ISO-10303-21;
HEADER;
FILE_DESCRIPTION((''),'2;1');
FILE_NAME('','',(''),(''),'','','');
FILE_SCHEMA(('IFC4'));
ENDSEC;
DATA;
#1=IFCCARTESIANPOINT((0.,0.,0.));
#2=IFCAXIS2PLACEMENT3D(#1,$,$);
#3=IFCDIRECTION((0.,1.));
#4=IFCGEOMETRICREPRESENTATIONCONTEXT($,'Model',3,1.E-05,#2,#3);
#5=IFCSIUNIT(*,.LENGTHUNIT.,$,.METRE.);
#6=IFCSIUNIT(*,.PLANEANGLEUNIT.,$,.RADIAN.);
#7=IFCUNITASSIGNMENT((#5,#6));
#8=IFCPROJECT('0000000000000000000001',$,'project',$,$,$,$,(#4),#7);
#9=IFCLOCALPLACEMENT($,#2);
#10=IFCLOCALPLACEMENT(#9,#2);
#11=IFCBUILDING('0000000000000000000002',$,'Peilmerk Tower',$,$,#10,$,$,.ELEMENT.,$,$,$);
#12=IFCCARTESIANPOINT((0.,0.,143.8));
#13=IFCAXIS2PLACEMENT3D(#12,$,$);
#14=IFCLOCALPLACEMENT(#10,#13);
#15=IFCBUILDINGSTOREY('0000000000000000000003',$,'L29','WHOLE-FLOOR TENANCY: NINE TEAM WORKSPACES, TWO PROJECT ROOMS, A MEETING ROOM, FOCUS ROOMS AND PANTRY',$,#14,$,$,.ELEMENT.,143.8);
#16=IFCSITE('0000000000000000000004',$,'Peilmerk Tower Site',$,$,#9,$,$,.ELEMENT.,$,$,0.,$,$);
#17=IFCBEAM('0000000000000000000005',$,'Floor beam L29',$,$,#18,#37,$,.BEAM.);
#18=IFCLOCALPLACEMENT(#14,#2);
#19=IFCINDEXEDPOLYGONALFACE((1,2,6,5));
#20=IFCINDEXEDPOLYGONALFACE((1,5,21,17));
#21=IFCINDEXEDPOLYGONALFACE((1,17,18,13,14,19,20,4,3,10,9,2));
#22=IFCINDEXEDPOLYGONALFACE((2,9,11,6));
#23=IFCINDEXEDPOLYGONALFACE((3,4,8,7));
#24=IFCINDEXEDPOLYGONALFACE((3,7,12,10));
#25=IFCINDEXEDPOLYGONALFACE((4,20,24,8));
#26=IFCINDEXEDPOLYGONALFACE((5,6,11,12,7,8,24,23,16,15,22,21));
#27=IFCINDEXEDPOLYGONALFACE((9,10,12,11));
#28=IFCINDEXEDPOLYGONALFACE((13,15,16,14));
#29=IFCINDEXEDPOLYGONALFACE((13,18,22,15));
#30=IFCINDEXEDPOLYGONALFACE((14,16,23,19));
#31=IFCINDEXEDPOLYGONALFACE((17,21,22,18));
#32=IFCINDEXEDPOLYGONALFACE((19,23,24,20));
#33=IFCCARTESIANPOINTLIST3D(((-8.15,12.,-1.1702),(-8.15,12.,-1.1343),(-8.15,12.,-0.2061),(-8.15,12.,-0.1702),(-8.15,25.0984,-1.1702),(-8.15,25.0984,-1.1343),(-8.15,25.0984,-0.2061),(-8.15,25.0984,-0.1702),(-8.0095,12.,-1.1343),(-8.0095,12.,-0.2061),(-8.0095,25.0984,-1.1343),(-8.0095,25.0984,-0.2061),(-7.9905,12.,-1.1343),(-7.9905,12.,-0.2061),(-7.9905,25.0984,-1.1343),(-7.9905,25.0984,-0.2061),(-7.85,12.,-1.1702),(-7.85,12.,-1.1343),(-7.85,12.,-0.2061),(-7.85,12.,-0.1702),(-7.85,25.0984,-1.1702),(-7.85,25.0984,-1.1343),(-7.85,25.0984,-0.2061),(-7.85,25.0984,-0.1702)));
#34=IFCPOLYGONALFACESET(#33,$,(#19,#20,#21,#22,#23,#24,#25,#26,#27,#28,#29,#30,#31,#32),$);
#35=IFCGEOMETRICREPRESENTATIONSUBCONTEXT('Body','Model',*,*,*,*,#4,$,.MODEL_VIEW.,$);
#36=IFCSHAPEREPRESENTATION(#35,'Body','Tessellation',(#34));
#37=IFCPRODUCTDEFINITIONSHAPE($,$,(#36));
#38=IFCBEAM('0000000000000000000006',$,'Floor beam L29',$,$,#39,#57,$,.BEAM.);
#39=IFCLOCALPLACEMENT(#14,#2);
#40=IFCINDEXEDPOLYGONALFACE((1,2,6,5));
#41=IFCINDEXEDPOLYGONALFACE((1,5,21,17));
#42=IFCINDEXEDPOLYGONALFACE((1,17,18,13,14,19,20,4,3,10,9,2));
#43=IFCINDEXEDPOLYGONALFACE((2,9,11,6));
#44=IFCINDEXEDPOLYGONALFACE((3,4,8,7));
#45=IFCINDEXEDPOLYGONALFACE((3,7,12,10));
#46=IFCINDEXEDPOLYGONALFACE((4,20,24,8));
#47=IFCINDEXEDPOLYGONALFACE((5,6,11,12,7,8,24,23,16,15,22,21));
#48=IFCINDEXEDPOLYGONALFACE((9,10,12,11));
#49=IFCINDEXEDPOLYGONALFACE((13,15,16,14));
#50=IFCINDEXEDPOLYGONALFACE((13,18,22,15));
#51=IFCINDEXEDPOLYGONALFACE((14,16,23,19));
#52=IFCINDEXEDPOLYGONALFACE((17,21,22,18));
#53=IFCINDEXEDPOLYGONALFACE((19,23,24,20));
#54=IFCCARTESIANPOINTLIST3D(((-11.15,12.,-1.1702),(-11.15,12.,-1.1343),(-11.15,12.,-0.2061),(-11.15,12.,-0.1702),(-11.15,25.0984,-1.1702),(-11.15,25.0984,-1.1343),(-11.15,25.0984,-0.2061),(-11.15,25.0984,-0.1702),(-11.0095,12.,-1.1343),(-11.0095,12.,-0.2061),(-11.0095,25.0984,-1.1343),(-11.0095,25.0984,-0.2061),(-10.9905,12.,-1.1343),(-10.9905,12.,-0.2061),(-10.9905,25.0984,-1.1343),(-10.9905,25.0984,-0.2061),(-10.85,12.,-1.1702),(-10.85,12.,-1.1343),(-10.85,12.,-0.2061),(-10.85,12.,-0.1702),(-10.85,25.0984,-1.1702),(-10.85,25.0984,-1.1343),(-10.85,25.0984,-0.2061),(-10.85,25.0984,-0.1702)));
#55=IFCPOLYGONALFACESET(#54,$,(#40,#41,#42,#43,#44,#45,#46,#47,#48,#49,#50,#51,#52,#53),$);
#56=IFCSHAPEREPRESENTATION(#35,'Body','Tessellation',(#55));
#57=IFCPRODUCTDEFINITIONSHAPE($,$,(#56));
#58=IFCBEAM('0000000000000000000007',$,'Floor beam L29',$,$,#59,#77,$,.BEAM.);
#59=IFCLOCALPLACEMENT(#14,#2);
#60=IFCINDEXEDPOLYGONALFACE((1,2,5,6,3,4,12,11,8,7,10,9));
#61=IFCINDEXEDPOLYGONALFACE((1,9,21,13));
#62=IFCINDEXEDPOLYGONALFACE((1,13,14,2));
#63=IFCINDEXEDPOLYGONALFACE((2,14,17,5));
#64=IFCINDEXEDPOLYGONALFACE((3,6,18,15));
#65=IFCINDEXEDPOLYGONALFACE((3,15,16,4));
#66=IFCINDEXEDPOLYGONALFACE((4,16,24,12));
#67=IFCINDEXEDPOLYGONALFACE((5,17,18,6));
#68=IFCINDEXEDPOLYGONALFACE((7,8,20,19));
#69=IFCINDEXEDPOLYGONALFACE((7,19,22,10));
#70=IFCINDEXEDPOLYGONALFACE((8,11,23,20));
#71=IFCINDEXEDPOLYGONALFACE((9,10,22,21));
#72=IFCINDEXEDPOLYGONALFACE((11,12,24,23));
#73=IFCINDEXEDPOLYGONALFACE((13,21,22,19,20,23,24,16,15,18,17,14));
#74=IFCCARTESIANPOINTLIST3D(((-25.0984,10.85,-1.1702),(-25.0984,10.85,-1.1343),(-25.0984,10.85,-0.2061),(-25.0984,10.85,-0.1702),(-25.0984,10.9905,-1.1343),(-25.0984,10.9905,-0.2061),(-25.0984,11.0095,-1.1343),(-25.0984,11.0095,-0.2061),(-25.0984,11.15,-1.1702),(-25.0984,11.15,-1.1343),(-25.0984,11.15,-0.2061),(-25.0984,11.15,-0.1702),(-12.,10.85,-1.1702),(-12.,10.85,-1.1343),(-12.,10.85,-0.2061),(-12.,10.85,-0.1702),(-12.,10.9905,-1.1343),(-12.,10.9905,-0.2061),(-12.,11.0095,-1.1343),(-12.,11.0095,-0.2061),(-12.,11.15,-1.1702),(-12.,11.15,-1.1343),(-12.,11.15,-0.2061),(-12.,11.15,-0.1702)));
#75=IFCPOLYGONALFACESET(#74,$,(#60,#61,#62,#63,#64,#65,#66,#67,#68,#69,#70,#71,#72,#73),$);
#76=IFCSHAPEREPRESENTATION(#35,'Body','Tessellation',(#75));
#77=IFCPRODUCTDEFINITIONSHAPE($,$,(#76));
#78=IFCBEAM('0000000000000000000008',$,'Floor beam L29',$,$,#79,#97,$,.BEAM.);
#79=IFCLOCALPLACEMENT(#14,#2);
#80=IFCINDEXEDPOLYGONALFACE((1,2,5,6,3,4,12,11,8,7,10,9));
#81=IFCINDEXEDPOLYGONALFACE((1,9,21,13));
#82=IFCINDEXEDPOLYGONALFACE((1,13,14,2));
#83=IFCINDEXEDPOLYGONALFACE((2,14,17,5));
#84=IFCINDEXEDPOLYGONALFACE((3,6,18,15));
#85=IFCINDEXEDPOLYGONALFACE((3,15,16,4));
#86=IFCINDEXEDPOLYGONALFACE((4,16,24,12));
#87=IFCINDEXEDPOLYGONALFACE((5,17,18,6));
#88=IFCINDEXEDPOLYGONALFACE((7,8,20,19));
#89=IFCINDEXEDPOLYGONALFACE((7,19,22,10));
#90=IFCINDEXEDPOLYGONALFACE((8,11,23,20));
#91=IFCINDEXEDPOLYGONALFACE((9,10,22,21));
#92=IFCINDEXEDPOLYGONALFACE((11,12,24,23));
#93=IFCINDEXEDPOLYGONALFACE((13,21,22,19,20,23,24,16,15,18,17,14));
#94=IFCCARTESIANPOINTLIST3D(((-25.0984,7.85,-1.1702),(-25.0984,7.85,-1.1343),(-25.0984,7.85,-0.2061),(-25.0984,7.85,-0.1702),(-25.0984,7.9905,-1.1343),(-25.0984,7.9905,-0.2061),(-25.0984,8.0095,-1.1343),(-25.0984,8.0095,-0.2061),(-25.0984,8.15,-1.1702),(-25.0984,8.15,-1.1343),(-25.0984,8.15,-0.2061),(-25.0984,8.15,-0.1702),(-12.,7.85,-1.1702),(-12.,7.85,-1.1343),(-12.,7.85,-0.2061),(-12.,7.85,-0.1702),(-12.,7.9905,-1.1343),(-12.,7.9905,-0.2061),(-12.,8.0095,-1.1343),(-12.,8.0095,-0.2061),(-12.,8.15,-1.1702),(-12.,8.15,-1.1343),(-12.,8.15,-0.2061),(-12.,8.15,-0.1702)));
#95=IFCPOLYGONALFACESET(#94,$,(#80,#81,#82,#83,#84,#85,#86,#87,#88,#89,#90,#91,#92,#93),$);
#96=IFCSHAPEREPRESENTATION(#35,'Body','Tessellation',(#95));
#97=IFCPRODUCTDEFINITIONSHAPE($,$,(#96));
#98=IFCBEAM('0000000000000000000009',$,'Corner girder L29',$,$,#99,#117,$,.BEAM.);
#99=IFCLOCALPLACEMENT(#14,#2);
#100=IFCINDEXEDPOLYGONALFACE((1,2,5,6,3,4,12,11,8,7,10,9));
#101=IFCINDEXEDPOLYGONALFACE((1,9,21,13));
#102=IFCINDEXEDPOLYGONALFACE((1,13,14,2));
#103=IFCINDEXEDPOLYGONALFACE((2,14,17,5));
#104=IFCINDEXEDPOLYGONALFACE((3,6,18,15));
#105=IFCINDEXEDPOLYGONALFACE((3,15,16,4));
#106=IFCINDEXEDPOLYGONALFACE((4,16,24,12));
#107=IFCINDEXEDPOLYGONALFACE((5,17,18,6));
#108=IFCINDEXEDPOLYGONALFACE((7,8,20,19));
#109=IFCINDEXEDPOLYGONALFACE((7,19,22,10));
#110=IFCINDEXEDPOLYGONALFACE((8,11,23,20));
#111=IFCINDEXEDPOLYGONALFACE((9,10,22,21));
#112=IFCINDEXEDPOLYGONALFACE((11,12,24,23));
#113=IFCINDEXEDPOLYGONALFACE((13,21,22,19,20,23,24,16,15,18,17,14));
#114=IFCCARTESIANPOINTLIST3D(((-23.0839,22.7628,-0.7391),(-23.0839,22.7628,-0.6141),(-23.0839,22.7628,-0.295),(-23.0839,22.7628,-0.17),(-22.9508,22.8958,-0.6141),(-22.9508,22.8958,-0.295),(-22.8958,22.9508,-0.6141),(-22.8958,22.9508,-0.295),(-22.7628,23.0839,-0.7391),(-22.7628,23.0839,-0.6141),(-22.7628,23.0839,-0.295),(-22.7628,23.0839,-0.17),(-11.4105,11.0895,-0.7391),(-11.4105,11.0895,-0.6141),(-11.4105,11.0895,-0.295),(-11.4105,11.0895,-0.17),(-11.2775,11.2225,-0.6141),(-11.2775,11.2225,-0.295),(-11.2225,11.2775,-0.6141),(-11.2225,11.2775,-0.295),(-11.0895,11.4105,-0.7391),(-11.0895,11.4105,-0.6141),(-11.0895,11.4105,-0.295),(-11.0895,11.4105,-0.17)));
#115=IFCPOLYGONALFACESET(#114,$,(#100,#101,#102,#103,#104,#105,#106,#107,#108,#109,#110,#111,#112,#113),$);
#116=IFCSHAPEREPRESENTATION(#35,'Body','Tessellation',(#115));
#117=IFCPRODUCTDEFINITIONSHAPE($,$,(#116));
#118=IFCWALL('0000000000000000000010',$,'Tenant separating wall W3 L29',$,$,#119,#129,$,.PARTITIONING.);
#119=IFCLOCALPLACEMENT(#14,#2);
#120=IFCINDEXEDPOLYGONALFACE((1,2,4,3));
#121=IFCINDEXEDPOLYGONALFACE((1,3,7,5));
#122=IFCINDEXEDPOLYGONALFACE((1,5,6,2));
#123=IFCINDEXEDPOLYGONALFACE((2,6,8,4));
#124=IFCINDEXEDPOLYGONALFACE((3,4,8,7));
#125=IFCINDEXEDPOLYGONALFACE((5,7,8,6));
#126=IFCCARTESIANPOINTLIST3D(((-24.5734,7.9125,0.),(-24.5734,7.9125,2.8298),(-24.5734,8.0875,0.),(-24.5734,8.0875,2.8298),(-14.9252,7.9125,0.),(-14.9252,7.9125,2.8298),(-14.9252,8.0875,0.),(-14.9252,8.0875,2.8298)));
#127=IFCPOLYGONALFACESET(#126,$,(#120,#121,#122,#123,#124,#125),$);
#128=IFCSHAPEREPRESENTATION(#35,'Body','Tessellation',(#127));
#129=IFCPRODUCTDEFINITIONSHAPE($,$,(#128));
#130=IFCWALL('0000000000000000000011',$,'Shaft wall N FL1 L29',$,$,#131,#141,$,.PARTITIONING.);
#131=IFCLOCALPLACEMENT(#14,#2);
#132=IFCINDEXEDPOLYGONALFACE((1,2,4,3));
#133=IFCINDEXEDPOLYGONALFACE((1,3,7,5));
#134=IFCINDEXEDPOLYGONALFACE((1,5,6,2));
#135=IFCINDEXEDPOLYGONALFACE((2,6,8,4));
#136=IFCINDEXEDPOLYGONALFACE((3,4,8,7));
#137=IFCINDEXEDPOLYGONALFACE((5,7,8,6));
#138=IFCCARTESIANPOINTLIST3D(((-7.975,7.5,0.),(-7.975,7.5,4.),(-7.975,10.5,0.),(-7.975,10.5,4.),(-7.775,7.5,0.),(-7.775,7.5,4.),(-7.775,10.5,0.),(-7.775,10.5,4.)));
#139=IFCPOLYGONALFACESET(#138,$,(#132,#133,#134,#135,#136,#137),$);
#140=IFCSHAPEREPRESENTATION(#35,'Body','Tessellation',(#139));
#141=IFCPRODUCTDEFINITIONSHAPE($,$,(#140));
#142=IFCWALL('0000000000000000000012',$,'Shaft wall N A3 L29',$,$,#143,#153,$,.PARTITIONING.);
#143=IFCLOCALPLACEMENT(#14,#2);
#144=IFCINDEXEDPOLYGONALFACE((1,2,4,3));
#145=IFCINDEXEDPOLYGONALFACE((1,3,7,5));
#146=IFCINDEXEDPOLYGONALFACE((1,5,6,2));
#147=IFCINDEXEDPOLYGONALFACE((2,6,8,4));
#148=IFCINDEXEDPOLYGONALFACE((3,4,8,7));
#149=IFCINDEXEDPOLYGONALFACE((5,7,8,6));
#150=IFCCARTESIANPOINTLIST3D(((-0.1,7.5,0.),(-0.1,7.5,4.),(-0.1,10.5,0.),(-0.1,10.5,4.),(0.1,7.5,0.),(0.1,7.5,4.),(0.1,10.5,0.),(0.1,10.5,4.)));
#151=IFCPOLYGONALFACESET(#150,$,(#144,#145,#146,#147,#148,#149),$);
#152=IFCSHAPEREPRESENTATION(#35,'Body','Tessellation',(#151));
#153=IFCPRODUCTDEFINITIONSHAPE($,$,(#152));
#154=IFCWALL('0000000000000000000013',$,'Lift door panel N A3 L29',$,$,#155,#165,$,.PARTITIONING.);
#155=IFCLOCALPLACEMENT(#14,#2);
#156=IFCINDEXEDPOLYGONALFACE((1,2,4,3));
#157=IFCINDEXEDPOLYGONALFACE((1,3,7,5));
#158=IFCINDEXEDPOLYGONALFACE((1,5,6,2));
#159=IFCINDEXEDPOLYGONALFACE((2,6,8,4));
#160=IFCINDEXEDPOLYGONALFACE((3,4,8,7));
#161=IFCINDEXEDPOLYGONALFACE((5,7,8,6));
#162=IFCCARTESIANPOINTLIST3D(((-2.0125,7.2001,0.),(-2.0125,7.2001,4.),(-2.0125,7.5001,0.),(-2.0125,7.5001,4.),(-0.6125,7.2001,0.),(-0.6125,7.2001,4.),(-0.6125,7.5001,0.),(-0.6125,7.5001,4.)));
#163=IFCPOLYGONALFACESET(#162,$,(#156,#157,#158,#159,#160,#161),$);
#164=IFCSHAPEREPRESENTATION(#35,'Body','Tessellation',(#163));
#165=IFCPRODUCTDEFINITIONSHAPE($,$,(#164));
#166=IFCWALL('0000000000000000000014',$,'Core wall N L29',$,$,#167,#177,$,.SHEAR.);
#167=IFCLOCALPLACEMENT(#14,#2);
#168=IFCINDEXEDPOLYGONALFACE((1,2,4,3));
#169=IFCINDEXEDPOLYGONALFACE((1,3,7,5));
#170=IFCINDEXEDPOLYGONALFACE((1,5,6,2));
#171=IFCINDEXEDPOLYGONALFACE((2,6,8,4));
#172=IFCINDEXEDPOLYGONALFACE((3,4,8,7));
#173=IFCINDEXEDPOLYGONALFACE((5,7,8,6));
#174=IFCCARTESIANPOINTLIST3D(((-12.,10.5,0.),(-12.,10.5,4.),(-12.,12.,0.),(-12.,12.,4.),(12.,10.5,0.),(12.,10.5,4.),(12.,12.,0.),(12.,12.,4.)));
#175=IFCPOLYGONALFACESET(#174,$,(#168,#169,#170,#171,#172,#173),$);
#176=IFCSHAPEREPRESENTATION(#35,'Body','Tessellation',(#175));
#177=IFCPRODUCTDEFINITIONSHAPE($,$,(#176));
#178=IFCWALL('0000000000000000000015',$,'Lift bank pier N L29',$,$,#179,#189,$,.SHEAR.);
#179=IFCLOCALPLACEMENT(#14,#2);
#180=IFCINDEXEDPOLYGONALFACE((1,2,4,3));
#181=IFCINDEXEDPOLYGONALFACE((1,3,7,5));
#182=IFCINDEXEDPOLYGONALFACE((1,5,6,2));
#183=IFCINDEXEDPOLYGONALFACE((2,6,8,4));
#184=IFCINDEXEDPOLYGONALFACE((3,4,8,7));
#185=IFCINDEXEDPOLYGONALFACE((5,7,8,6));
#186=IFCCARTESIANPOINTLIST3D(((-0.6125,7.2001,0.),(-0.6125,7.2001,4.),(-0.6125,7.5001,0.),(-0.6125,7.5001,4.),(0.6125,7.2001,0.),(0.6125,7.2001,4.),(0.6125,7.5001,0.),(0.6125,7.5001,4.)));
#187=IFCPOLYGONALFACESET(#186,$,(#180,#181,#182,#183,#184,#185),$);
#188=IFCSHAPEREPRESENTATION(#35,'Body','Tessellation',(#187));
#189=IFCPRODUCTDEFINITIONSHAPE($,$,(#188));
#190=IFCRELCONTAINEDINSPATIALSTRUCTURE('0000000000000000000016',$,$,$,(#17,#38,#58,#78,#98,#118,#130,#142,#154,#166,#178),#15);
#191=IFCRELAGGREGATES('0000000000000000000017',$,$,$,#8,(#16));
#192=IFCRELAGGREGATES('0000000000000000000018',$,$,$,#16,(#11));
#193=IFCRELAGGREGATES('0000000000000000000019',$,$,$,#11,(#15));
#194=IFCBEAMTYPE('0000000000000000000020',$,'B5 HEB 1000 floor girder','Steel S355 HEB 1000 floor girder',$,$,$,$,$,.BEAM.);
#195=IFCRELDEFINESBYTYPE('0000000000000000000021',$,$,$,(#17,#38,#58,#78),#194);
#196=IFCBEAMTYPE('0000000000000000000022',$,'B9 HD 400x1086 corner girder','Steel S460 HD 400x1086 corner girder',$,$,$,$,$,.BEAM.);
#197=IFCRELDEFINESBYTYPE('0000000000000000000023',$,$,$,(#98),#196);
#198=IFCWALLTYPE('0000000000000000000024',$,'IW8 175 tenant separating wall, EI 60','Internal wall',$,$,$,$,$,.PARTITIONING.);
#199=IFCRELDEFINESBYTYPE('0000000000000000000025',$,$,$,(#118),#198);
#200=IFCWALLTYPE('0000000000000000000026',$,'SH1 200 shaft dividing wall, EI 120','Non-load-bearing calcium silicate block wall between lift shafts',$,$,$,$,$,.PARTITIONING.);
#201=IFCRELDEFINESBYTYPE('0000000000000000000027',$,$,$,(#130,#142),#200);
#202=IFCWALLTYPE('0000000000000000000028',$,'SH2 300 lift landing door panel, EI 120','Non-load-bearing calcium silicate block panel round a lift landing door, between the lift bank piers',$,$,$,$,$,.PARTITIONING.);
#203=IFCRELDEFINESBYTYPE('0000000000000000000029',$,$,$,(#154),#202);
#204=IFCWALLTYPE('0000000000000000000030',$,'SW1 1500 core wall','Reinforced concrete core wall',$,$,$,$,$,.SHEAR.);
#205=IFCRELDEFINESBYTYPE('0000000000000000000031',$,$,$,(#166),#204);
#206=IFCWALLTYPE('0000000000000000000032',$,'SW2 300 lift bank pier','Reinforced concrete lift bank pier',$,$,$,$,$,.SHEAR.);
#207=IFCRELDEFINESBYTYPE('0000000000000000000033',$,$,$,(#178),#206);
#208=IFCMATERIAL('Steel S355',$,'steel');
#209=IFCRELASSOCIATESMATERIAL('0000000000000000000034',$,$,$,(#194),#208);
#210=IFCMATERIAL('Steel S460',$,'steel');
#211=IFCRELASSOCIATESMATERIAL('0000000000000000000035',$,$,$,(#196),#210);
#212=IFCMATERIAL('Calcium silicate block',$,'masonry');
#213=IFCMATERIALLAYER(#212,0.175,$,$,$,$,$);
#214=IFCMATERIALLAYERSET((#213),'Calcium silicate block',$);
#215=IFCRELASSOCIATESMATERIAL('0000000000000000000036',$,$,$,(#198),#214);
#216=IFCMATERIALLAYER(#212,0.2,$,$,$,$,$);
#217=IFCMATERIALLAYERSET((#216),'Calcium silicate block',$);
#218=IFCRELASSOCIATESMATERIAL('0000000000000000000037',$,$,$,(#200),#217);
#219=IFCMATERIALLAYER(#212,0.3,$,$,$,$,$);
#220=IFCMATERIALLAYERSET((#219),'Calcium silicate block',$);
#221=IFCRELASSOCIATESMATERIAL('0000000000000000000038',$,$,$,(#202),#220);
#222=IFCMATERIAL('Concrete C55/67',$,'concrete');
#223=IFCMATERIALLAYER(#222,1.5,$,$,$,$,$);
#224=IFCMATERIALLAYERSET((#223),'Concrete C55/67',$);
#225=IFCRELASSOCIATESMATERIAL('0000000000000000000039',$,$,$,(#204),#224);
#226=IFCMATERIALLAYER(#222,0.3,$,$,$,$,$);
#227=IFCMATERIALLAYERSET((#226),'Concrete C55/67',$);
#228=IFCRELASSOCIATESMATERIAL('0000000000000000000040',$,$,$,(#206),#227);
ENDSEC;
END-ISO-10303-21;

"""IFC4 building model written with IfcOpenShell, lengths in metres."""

from ifc_helpers import new_model, si_unit, direction, frame, frame_2d, origin, origin_2d, place, context, subcontext, project, spatial, rectangle, i_section, extrude, material, layer, layer_set, material_profile, profile_set, type_object, element, save


model = new_model("IFC4")

# Units and contexts
model_context = context("Model", 3, precision=1e-05, world=origin(), true_north=direction((0.0, 1.0)))
body_context = subcontext(model_context, "Body", "Model", "MODEL_VIEW")
ifc_project = project(units=[si_unit("LENGTHUNIT", "METRE"), si_unit("PLANEANGLEUNIT", "RADIAN")], contexts=[model_context])

# Site, building, storey
site_placement = place(None, origin())
site = spatial("IfcSite", under=ifc_project, at=site_placement, Name="Peilmerk Tower Site", CompositionType="ELEMENT", RefElevation=0.0)
building_placement = place(site_placement, origin())
building = spatial("IfcBuilding", under=site, at=building_placement, Name="Peilmerk Tower", CompositionType="ELEMENT")
storey_placement = place(building_placement, frame((0.0, 0.0, 143.8)))
storey = spatial("IfcBuildingStorey", under=building, at=storey_placement, Name="L29", Description="WHOLE-FLOOR TENANCY: NINE TEAM WORKSPACES, TWO PROJECT ROOMS, A MEETING ROOM, FOCUS ROOMS AND PANTRY", CompositionType="ELEMENT", Elevation=143.8)

# Beams
ifc_material_1 = material(Name="Steel S355", Category="steel")
ifc_material_profile_1 = material_profile(ifc_material_1, i_section(OverallWidth=0.3, OverallDepth=1.0, WebThickness=0.019, FlangeThickness=0.0359, at=origin_2d()), Name="HEB 1000")
ifc_profile_set_1 = profile_set([ifc_material_profile_1], Name="Steel S355")
beam_type_1 = type_object("IfcBeamType", Name="B5 HEB 1000 floor girder", Description="Steel S355 HEB 1000 floor girder", PredefinedType="BEAM", material=ifc_profile_set_1)
for number, where, z_axis, x_axis, name in (
    (1, (-8.0, 12.0, -0.6702), (0.0, 1.0, 0.0), (-1.0, 0.0, 0.0), "Floor beam L29"),
    (2, (-11.0, 12.0, -0.6702), (0.0, 1.0, 0.0), (-1.0, 0.0, 0.0), "Floor beam L29"),
    (3, (-12.0, 11.0, -0.6702), (-1.0, 0.0, 0.0), (0.0, -1.0, 0.0), "Floor beam L29"),
    (4, (-12.0, 8.0, -0.6702), (-1.0, 0.0, 0.0), (0.0, -1.0, 0.0), "Floor beam L29"),
):
    element("IfcBeam", number, at=place(storey_placement, frame(where, z_axis=z_axis, x_axis=x_axis)), inside=storey, type_object=beam_type_1, Name=name, PredefinedType="BEAM", context=body_context, shape_type="SweptSolid", body=[
        extrude(i_section(OverallWidth=0.3, OverallDepth=1.0, WebThickness=0.019, FlangeThickness=0.0359, at=origin_2d()), origin(), (0.0, 0.0, 1.0), 13.0984),
    ])
ifc_material_2 = material(Name="Steel S460", Category="steel")
ifc_material_profile_2 = material_profile(ifc_material_2, i_section(OverallWidth=0.4541, OverallDepth=0.5691, WebThickness=0.0779, FlangeThickness=0.125, at=origin_2d()), Name="HD 400x1086")
ifc_profile_set_2 = profile_set([ifc_material_profile_2], Name="Steel S460")
beam_type_2 = type_object("IfcBeamType", Name="B9 HD 400x1086 corner girder", Description="Steel S460 HD 400x1086 corner girder", PredefinedType="BEAM", material=ifc_profile_set_2)
beam_placement = place(storey_placement, frame((-11.25, 11.25, -0.4546), z_axis=(-0.707107, 0.707107, 0.0), x_axis=(-0.707107, -0.707107, 0.0)))
element("IfcBeam", 5, at=beam_placement, inside=storey, type_object=beam_type_2, Name="Corner girder L29", PredefinedType="BEAM", context=body_context, shape_type="SweptSolid", body=[
    extrude(i_section(OverallWidth=0.4541, OverallDepth=0.5691, WebThickness=0.0779, FlangeThickness=0.125, at=origin_2d()), origin(), (0.0, 0.0, 1.0), 16.5085),
])

# Walls
ifc_material_3 = material(Name="Calcium silicate block", Category="masonry")
ifc_layer_1 = layer(ifc_material_3, 0.175)
ifc_layer_set_1 = layer_set([ifc_layer_1], Name="Calcium silicate block")
wall_type_1 = type_object("IfcWallType", Name="IW8 175 tenant separating wall, EI 60", Description="Internal wall", PredefinedType="PARTITIONING", material=ifc_layer_set_1)
wall_1_placement = place(storey_placement, frame((-14.925, 8.0, 0.0), z_axis=(0.0, 0.0, 1.0), x_axis=(-1.0, 0.0, 0.0)))
element("IfcWall", 6, at=wall_1_placement, inside=storey, type_object=wall_type_1, Name="Tenant separating wall W3 L29", PredefinedType="PARTITIONING", context=body_context, shape_type="SweptSolid", body=[
    extrude(rectangle(XDim=9.6482, YDim=0.175, at=frame_2d((4.8242, 0.0))), origin(), (0.0, 0.0, 1.0), 2.8298),
])
ifc_layer_2 = layer(ifc_material_3, 0.2)
ifc_layer_set_2 = layer_set([ifc_layer_2], Name="Calcium silicate block")
wall_type_2 = type_object("IfcWallType", Name="SH1 200 shaft dividing wall, EI 120", Description="Non-load-bearing calcium silicate block wall between lift shafts", PredefinedType="PARTITIONING", material=ifc_layer_set_2)
for number, where, z_axis, x_axis, name in (
    (7, (-7.875, 7.5, 0.0), (0.0, 0.0, 1.0), (0.0, 1.0, 0.0), "Shaft wall N FL1 L29"),
    (8, (0.0, 7.5, 0.0), (0.0, 0.0, 1.0), (0.0, 1.0, 0.0), "Shaft wall N A3 L29"),
):
    element("IfcWall", number, at=place(storey_placement, frame(where, z_axis=z_axis, x_axis=x_axis)), inside=storey, type_object=wall_type_2, Name=name, PredefinedType="PARTITIONING", context=body_context, shape_type="SweptSolid", body=[
        extrude(rectangle(XDim=3.0, YDim=0.2, at=frame_2d((1.5, 0.0))), origin(), (0.0, 0.0, 1.0), 4.0),
    ])
ifc_layer_3 = layer(ifc_material_3, 0.3)
ifc_layer_set_3 = layer_set([ifc_layer_3], Name="Calcium silicate block")
wall_type_3 = type_object("IfcWallType", Name="SH2 300 lift landing door panel, EI 120", Description="Non-load-bearing calcium silicate block panel round a lift landing door, between the lift bank piers", PredefinedType="PARTITIONING", material=ifc_layer_set_3)
wall_2_placement = place(storey_placement, frame((-2.0125, 7.3501, 0.0), z_axis=(0.0, 0.0, 1.0), x_axis=(1.0, 0.0, 0.0)))
element("IfcWall", 9, at=wall_2_placement, inside=storey, type_object=wall_type_3, Name="Lift door panel N A3 L29", PredefinedType="PARTITIONING", context=body_context, shape_type="SweptSolid", body=[
    extrude(rectangle(XDim=1.3999, YDim=0.3, at=frame_2d((0.7, 0.0))), origin(), (0.0, 0.0, 1.0), 4.0),
])
ifc_material_4 = material(Name="Concrete C55/67", Category="concrete")
ifc_layer_4 = layer(ifc_material_4, 1.5)
ifc_layer_set_4 = layer_set([ifc_layer_4], Name="Concrete C55/67")
wall_type_4 = type_object("IfcWallType", Name="SW1 1500 core wall", Description="Reinforced concrete core wall", PredefinedType="SHEAR", material=ifc_layer_set_4)
wall_3_placement = place(storey_placement, frame((-12.0, 11.25, 0.0), z_axis=(0.0, 0.0, 1.0), x_axis=(1.0, 0.0, 0.0)))
element("IfcWall", 10, at=wall_3_placement, inside=storey, type_object=wall_type_4, Name="Core wall N L29", PredefinedType="SHEAR", context=body_context, shape_type="SweptSolid", body=[
    extrude(rectangle(XDim=24.0, YDim=1.5, at=frame_2d((12.0, 0.0))), origin(), (0.0, 0.0, 1.0), 4.0),
])
ifc_layer_5 = layer(ifc_material_4, 0.3)
ifc_layer_set_5 = layer_set([ifc_layer_5], Name="Concrete C55/67")
wall_type_5 = type_object("IfcWallType", Name="SW2 300 lift bank pier", Description="Reinforced concrete lift bank pier", PredefinedType="SHEAR", material=ifc_layer_set_5)
wall_4_placement = place(storey_placement, frame((-0.6125, 7.3501, 0.0), z_axis=(0.0, 0.0, 1.0), x_axis=(1.0, 0.0, 0.0)))
element("IfcWall", 11, at=wall_4_placement, inside=storey, type_object=wall_type_5, Name="Lift bank pier N L29", PredefinedType="SHEAR", context=body_context, shape_type="SweptSolid", body=[
    extrude(rectangle(XDim=1.2251, YDim=0.3, at=frame_2d((0.6125, 0.0))), origin(), (0.0, 0.0, 1.0), 4.0),
])

save(model, "model.ifc")
